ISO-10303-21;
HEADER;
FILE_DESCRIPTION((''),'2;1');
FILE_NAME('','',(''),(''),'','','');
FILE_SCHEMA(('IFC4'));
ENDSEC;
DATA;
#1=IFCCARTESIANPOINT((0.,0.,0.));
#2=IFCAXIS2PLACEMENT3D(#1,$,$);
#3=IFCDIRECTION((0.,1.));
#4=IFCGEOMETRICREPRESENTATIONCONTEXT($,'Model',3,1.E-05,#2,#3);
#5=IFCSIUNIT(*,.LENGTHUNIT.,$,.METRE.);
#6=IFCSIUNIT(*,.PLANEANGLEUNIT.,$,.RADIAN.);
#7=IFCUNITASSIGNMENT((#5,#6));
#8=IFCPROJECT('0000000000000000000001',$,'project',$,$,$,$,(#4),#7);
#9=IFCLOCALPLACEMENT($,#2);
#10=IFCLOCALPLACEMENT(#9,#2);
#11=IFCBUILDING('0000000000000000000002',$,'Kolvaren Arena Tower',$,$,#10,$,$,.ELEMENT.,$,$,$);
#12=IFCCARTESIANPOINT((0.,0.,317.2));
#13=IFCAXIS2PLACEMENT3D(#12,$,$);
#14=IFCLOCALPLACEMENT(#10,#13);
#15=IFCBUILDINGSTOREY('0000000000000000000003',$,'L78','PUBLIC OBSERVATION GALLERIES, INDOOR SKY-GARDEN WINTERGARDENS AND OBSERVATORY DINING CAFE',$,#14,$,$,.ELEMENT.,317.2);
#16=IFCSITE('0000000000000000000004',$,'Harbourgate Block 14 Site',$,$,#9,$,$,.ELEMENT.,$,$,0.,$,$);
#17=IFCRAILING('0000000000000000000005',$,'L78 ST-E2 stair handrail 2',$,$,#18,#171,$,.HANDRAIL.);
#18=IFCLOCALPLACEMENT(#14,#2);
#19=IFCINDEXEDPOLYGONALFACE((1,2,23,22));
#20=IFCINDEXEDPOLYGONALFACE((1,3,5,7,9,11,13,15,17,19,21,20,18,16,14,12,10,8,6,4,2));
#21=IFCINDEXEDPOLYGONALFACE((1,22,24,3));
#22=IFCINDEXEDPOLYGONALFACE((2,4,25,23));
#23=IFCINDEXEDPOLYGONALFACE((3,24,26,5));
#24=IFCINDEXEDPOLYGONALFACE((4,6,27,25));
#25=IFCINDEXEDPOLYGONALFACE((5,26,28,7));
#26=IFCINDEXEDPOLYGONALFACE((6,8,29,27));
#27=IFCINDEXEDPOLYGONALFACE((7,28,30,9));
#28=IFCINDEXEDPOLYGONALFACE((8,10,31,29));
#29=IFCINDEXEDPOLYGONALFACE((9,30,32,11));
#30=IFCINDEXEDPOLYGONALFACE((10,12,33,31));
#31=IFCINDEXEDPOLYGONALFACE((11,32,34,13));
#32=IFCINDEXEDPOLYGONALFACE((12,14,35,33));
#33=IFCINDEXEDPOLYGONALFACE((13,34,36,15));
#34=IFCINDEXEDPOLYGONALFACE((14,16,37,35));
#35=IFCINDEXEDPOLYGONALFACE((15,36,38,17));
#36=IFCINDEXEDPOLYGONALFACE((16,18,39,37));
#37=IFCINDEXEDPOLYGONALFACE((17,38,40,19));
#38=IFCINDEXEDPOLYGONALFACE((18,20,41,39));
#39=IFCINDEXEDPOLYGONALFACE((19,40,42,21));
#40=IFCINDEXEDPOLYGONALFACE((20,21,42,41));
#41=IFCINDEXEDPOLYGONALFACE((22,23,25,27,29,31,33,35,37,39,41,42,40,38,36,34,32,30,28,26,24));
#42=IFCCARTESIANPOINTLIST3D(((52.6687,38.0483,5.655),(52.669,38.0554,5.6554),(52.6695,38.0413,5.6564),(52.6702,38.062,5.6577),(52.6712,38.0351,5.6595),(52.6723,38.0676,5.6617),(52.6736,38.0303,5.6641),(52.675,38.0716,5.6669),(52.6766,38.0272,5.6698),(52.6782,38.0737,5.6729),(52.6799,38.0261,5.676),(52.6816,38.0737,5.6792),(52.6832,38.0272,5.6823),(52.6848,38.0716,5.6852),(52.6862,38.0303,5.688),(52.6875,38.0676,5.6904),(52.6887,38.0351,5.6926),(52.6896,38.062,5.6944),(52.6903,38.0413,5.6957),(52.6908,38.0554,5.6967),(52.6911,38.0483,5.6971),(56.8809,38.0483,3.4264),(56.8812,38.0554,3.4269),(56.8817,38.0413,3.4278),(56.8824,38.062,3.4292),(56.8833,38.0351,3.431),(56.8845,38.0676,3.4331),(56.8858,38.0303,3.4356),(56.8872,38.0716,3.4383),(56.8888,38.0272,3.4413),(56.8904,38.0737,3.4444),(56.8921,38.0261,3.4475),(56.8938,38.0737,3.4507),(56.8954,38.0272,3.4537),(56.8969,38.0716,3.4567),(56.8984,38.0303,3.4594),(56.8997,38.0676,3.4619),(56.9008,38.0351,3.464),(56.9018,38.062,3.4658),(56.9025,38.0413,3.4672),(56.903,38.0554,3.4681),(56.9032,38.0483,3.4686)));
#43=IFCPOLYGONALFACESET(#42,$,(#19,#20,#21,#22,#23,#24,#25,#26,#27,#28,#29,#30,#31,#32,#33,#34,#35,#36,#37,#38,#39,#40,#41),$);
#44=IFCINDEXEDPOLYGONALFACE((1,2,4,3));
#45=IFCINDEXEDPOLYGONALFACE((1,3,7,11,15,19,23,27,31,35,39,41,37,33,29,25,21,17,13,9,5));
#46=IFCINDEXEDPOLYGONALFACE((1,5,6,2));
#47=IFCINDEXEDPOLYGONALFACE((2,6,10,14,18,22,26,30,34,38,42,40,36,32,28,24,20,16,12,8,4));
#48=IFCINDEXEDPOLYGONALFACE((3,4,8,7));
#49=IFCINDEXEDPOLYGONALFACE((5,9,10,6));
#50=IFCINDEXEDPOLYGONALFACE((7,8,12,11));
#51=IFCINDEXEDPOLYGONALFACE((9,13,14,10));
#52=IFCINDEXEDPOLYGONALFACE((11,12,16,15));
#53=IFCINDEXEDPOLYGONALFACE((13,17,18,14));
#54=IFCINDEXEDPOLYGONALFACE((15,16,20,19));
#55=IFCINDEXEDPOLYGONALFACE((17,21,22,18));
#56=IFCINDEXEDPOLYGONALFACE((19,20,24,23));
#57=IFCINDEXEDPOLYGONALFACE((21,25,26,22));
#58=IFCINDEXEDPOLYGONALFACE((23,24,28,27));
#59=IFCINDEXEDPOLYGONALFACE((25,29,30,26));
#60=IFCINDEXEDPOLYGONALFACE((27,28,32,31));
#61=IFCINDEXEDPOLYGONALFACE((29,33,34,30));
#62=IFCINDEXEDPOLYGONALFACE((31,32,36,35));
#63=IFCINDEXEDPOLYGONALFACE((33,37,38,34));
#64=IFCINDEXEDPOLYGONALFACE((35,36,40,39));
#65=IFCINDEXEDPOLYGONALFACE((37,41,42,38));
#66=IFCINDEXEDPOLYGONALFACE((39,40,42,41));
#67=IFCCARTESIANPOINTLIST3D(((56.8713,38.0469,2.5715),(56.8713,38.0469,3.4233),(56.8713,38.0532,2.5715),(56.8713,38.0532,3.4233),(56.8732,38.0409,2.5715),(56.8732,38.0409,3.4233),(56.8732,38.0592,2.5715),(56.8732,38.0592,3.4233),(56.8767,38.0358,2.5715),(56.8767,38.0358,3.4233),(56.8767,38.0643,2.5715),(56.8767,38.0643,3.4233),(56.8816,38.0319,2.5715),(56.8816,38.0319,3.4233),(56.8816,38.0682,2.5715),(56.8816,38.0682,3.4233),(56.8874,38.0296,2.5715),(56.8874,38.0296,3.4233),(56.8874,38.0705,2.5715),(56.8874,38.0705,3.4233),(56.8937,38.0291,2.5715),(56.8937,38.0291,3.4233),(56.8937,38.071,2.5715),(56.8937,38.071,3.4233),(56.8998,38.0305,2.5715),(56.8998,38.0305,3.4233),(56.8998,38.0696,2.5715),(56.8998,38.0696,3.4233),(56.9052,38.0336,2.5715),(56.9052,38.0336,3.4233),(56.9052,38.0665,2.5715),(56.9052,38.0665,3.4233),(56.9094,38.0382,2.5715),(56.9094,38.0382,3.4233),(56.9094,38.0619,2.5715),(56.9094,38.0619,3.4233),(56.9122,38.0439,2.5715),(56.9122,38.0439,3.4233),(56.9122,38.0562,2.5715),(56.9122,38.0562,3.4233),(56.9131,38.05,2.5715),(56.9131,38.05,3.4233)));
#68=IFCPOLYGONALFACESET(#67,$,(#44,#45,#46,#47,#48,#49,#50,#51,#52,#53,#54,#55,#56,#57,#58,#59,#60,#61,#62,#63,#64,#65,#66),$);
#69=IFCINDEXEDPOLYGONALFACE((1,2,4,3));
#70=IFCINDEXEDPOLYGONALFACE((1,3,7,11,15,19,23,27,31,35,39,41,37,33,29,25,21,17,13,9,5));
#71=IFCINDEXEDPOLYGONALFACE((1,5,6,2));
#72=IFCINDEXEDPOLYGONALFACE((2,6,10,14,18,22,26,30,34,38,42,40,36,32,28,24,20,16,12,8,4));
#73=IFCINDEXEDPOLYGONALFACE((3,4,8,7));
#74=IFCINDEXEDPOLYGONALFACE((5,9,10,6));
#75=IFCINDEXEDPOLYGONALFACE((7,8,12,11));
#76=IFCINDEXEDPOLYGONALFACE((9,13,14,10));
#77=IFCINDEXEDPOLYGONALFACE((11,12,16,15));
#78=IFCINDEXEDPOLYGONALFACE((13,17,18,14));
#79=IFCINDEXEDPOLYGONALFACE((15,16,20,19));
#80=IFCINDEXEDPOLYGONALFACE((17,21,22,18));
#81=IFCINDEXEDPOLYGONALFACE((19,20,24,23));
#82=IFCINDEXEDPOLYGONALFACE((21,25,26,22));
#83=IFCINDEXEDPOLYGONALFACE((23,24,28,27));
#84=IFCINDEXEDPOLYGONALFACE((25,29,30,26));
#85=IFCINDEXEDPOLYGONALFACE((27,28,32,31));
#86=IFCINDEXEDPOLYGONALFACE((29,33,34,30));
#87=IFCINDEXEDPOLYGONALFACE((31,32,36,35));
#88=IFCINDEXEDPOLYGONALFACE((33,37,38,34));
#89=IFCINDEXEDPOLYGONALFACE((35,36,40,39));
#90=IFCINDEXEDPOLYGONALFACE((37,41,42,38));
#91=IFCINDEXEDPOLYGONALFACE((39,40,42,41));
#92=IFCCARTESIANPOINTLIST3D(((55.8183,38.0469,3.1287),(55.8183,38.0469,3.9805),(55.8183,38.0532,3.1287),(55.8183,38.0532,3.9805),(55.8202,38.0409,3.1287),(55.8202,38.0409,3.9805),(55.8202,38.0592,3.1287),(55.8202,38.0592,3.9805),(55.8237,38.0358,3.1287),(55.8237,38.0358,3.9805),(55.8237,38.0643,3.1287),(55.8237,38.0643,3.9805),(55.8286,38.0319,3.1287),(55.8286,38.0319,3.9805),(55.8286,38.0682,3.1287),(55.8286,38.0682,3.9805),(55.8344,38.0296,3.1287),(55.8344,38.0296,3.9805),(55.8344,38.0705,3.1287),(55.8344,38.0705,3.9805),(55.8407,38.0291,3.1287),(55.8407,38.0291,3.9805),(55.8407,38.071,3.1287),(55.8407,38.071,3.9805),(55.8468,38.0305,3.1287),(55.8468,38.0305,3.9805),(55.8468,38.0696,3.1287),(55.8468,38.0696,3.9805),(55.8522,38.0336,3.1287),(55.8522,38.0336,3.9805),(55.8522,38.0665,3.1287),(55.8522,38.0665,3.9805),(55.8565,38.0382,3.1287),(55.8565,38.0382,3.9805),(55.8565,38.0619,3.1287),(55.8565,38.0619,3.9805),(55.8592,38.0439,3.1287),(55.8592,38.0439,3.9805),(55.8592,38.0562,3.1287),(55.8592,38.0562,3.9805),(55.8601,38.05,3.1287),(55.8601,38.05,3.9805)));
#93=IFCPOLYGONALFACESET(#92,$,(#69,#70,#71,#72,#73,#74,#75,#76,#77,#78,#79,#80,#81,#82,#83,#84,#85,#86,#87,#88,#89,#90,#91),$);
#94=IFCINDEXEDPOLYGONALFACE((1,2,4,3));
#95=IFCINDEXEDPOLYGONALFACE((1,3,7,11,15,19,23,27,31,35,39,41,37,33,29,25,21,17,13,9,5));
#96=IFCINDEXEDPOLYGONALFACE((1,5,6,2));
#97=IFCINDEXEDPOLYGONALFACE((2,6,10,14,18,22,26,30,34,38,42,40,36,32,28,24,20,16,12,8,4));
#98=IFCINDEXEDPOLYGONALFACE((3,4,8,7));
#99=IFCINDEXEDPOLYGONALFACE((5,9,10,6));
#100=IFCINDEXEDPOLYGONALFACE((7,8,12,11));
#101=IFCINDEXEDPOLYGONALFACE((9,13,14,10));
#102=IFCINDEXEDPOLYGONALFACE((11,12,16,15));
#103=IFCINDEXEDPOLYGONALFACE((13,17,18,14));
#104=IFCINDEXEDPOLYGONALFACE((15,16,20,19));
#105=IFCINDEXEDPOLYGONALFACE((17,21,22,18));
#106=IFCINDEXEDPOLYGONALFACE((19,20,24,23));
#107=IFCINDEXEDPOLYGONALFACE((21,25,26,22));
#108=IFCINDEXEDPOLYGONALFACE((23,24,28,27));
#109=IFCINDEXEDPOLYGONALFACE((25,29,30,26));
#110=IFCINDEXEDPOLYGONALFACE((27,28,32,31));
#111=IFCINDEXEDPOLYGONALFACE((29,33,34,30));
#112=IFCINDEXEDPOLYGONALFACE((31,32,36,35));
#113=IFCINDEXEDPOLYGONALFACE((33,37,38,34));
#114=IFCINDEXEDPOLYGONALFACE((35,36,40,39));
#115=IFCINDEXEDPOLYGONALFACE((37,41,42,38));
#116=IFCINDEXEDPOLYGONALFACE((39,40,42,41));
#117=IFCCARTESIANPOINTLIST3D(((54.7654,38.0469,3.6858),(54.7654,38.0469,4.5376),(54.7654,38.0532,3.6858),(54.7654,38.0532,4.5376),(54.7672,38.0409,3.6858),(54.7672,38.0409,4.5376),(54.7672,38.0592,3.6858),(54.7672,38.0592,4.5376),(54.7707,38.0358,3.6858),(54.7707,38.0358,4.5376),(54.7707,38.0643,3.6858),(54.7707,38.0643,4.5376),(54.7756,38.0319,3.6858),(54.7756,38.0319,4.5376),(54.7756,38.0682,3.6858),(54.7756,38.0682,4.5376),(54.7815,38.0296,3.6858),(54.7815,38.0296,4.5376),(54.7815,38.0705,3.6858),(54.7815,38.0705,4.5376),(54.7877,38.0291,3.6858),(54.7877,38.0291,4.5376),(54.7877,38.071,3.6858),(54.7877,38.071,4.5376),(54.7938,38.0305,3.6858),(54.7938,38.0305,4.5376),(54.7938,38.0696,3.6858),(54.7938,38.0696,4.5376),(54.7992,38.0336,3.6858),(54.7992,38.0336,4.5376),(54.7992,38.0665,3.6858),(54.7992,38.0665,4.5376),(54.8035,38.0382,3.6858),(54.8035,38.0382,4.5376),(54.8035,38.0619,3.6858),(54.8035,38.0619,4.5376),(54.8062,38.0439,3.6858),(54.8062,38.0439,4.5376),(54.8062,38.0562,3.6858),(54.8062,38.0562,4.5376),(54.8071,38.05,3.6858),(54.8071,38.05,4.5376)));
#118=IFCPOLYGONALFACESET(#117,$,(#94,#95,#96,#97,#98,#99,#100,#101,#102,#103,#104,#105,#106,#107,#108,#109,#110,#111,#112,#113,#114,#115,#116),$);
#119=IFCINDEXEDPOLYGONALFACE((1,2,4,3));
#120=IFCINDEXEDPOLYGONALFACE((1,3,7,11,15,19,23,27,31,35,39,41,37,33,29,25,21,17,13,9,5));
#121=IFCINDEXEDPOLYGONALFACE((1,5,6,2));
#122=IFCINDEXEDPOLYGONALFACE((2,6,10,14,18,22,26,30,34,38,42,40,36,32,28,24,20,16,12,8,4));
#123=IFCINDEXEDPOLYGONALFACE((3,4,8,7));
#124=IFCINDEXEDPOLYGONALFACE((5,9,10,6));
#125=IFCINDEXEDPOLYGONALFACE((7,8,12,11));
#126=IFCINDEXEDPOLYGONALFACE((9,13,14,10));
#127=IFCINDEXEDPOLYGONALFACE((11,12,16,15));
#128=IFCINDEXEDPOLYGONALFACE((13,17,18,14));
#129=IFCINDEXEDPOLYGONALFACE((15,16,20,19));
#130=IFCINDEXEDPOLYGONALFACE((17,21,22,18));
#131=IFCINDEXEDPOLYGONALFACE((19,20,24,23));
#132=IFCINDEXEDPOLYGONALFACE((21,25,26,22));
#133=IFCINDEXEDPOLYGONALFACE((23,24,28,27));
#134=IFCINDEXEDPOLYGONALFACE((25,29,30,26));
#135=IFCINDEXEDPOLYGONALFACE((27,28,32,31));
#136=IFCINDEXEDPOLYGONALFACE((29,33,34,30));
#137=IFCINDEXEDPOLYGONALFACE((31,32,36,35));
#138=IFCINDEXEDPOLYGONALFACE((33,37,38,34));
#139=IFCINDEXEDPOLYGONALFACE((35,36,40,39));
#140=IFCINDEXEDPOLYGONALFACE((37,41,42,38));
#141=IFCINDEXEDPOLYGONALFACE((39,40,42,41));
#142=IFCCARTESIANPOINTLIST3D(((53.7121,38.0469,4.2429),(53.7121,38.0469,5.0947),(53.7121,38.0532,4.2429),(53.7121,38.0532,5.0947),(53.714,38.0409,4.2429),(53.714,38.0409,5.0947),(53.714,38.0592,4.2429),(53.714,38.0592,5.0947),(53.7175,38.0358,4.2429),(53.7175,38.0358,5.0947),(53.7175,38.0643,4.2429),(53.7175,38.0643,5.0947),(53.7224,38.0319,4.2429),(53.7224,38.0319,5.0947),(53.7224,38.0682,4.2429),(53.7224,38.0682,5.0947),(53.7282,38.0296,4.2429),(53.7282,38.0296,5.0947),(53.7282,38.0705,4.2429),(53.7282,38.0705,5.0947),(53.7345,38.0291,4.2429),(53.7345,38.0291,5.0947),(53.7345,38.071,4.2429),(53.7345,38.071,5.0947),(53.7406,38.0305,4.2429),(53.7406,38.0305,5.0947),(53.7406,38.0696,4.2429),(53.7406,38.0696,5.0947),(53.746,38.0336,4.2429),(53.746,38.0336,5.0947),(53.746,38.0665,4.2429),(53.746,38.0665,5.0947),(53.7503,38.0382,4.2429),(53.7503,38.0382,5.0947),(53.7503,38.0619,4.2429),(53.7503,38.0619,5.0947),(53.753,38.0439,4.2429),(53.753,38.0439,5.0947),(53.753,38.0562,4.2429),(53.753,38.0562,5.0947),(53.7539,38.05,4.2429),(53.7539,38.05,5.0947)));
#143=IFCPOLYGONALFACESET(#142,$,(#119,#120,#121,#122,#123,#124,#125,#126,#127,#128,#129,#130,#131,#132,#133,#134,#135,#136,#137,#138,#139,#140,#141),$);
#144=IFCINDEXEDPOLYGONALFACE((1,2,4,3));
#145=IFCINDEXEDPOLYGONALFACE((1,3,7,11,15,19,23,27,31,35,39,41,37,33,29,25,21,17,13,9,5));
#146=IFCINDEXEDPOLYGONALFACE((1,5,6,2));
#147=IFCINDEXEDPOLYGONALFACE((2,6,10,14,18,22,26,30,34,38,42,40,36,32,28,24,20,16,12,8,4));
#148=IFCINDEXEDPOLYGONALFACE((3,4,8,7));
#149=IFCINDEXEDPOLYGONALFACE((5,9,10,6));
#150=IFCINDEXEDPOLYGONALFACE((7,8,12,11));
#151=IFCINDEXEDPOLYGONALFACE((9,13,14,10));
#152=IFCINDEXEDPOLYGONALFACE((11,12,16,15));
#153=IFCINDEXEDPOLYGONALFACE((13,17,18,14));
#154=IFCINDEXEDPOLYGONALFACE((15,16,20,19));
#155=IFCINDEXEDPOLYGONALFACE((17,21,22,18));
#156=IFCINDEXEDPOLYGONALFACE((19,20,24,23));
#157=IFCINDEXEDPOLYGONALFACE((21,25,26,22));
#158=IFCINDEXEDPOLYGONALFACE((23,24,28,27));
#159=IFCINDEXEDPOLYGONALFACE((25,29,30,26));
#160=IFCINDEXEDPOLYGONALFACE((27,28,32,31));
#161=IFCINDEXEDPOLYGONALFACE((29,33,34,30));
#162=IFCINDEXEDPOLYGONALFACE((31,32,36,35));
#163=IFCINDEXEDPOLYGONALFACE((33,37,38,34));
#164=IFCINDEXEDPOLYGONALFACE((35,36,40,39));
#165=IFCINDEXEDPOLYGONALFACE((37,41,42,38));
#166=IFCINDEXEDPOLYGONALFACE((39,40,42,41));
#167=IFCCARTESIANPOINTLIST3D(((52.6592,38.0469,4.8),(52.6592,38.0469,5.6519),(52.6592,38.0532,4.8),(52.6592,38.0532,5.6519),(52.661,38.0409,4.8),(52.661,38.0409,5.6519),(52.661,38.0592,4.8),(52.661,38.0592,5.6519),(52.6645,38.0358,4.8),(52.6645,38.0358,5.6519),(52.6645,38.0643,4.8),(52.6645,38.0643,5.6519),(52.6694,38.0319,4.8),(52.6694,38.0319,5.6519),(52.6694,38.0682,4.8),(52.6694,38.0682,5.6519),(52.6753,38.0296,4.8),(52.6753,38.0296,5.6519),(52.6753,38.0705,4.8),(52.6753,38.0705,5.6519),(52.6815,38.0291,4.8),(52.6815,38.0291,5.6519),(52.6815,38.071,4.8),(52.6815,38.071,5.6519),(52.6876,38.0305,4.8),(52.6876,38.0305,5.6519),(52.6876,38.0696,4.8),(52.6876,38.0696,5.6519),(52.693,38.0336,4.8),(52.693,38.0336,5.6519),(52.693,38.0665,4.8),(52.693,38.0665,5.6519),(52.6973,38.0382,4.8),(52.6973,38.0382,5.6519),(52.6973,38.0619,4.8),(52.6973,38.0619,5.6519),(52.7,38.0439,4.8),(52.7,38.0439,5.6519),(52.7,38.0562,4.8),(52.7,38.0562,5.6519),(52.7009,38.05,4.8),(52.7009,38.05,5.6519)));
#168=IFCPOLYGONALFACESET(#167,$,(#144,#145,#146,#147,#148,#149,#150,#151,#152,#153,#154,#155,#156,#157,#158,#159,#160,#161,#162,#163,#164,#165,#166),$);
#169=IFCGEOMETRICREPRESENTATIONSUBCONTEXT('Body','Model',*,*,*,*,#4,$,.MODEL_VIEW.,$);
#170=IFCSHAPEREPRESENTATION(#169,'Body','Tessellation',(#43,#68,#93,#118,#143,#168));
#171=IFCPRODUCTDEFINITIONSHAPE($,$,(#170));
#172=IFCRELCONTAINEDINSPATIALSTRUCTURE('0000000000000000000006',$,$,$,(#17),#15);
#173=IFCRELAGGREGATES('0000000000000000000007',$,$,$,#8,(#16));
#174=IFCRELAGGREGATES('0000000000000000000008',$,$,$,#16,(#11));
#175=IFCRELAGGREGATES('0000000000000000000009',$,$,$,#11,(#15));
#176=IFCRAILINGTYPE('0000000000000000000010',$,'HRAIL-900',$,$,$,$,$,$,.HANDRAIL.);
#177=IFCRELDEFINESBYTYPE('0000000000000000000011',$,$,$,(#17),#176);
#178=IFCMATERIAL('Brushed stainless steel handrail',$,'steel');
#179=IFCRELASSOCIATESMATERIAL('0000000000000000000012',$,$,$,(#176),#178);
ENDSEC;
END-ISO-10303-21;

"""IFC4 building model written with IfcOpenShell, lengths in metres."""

from ifc_helpers import new_model, si_unit, direction, frame, origin, origin_2d, place, context, subcontext, project, spatial, circle, extrude, material, type_object, element, save


model = new_model("IFC4")

# Units and contexts
model_context = context("Model", 3, precision=1e-05, world=origin(), true_north=direction((0.0, 1.0)))
body_context = subcontext(model_context, "Body", "Model", "MODEL_VIEW")
ifc_project = project(units=[si_unit("LENGTHUNIT", "METRE"), si_unit("PLANEANGLEUNIT", "RADIAN")], contexts=[model_context])

# Site, building, storey
site_placement = place(None, origin())
site = spatial("IfcSite", under=ifc_project, at=site_placement, Name="Harbourgate Block 14 Site", CompositionType="ELEMENT", RefElevation=0.0)
building_placement = place(site_placement, origin())
building = spatial("IfcBuilding", under=site, at=building_placement, Name="Kolvaren Arena Tower", CompositionType="ELEMENT")
storey_placement = place(building_placement, frame((0.0, 0.0, 317.2)))
storey = spatial("IfcBuildingStorey", under=building, at=storey_placement, Name="L78", Description="PUBLIC OBSERVATION GALLERIES, INDOOR SKY-GARDEN WINTERGARDENS AND OBSERVATORY DINING CAFE", CompositionType="ELEMENT", Elevation=317.2)

# Railing
ifc_material_1 = material(Name="Brushed stainless steel handrail", Category="steel")
railing_type_1 = type_object("IfcRailingType", Name="HRAIL-900", PredefinedType="HANDRAIL", material=ifc_material_1)
railing_1_placement = place(storey_placement, frame((56.8921, 38.05, 2.5715)))
element("IfcRailing", 1, at=railing_1_placement, inside=storey, type_object=railing_type_1, Name="L78 ST-E2 stair handrail 2", PredefinedType="HANDRAIL", context=body_context, shape_type="SweptSolid", body=[
    extrude(circle(Radius=0.0239, at=origin_2d()), frame((0.0, 0.0, 0.876), z_axis=(-0.883914, 0.0, 0.46765), x_axis=(0.0, -1.0, 0.0)), (0.0, 0.0, 1.0), 4.7654),
    extrude(circle(Radius=0.021, at=origin_2d()), origin(), (0.0, 0.0, 1.0), 0.8518),
    extrude(circle(Radius=0.021, at=origin_2d()), frame((-1.053, 0.0, 0.5571)), (0.0, 0.0, 1.0), 0.8518),
    extrude(circle(Radius=0.021, at=origin_2d()), frame((-2.106, 0.0, 1.1143)), (0.0, 0.0, 1.0), 0.8518),
    extrude(circle(Radius=0.021, at=origin_2d()), frame((-3.1592, 0.0, 1.6714)), (0.0, 0.0, 1.0), 0.8518),
    extrude(circle(Radius=0.021, at=origin_2d()), frame((-4.2122, 0.0, 2.2285)), (0.0, 0.0, 1.0), 0.8518),
])

save(model, "model.ifc")
